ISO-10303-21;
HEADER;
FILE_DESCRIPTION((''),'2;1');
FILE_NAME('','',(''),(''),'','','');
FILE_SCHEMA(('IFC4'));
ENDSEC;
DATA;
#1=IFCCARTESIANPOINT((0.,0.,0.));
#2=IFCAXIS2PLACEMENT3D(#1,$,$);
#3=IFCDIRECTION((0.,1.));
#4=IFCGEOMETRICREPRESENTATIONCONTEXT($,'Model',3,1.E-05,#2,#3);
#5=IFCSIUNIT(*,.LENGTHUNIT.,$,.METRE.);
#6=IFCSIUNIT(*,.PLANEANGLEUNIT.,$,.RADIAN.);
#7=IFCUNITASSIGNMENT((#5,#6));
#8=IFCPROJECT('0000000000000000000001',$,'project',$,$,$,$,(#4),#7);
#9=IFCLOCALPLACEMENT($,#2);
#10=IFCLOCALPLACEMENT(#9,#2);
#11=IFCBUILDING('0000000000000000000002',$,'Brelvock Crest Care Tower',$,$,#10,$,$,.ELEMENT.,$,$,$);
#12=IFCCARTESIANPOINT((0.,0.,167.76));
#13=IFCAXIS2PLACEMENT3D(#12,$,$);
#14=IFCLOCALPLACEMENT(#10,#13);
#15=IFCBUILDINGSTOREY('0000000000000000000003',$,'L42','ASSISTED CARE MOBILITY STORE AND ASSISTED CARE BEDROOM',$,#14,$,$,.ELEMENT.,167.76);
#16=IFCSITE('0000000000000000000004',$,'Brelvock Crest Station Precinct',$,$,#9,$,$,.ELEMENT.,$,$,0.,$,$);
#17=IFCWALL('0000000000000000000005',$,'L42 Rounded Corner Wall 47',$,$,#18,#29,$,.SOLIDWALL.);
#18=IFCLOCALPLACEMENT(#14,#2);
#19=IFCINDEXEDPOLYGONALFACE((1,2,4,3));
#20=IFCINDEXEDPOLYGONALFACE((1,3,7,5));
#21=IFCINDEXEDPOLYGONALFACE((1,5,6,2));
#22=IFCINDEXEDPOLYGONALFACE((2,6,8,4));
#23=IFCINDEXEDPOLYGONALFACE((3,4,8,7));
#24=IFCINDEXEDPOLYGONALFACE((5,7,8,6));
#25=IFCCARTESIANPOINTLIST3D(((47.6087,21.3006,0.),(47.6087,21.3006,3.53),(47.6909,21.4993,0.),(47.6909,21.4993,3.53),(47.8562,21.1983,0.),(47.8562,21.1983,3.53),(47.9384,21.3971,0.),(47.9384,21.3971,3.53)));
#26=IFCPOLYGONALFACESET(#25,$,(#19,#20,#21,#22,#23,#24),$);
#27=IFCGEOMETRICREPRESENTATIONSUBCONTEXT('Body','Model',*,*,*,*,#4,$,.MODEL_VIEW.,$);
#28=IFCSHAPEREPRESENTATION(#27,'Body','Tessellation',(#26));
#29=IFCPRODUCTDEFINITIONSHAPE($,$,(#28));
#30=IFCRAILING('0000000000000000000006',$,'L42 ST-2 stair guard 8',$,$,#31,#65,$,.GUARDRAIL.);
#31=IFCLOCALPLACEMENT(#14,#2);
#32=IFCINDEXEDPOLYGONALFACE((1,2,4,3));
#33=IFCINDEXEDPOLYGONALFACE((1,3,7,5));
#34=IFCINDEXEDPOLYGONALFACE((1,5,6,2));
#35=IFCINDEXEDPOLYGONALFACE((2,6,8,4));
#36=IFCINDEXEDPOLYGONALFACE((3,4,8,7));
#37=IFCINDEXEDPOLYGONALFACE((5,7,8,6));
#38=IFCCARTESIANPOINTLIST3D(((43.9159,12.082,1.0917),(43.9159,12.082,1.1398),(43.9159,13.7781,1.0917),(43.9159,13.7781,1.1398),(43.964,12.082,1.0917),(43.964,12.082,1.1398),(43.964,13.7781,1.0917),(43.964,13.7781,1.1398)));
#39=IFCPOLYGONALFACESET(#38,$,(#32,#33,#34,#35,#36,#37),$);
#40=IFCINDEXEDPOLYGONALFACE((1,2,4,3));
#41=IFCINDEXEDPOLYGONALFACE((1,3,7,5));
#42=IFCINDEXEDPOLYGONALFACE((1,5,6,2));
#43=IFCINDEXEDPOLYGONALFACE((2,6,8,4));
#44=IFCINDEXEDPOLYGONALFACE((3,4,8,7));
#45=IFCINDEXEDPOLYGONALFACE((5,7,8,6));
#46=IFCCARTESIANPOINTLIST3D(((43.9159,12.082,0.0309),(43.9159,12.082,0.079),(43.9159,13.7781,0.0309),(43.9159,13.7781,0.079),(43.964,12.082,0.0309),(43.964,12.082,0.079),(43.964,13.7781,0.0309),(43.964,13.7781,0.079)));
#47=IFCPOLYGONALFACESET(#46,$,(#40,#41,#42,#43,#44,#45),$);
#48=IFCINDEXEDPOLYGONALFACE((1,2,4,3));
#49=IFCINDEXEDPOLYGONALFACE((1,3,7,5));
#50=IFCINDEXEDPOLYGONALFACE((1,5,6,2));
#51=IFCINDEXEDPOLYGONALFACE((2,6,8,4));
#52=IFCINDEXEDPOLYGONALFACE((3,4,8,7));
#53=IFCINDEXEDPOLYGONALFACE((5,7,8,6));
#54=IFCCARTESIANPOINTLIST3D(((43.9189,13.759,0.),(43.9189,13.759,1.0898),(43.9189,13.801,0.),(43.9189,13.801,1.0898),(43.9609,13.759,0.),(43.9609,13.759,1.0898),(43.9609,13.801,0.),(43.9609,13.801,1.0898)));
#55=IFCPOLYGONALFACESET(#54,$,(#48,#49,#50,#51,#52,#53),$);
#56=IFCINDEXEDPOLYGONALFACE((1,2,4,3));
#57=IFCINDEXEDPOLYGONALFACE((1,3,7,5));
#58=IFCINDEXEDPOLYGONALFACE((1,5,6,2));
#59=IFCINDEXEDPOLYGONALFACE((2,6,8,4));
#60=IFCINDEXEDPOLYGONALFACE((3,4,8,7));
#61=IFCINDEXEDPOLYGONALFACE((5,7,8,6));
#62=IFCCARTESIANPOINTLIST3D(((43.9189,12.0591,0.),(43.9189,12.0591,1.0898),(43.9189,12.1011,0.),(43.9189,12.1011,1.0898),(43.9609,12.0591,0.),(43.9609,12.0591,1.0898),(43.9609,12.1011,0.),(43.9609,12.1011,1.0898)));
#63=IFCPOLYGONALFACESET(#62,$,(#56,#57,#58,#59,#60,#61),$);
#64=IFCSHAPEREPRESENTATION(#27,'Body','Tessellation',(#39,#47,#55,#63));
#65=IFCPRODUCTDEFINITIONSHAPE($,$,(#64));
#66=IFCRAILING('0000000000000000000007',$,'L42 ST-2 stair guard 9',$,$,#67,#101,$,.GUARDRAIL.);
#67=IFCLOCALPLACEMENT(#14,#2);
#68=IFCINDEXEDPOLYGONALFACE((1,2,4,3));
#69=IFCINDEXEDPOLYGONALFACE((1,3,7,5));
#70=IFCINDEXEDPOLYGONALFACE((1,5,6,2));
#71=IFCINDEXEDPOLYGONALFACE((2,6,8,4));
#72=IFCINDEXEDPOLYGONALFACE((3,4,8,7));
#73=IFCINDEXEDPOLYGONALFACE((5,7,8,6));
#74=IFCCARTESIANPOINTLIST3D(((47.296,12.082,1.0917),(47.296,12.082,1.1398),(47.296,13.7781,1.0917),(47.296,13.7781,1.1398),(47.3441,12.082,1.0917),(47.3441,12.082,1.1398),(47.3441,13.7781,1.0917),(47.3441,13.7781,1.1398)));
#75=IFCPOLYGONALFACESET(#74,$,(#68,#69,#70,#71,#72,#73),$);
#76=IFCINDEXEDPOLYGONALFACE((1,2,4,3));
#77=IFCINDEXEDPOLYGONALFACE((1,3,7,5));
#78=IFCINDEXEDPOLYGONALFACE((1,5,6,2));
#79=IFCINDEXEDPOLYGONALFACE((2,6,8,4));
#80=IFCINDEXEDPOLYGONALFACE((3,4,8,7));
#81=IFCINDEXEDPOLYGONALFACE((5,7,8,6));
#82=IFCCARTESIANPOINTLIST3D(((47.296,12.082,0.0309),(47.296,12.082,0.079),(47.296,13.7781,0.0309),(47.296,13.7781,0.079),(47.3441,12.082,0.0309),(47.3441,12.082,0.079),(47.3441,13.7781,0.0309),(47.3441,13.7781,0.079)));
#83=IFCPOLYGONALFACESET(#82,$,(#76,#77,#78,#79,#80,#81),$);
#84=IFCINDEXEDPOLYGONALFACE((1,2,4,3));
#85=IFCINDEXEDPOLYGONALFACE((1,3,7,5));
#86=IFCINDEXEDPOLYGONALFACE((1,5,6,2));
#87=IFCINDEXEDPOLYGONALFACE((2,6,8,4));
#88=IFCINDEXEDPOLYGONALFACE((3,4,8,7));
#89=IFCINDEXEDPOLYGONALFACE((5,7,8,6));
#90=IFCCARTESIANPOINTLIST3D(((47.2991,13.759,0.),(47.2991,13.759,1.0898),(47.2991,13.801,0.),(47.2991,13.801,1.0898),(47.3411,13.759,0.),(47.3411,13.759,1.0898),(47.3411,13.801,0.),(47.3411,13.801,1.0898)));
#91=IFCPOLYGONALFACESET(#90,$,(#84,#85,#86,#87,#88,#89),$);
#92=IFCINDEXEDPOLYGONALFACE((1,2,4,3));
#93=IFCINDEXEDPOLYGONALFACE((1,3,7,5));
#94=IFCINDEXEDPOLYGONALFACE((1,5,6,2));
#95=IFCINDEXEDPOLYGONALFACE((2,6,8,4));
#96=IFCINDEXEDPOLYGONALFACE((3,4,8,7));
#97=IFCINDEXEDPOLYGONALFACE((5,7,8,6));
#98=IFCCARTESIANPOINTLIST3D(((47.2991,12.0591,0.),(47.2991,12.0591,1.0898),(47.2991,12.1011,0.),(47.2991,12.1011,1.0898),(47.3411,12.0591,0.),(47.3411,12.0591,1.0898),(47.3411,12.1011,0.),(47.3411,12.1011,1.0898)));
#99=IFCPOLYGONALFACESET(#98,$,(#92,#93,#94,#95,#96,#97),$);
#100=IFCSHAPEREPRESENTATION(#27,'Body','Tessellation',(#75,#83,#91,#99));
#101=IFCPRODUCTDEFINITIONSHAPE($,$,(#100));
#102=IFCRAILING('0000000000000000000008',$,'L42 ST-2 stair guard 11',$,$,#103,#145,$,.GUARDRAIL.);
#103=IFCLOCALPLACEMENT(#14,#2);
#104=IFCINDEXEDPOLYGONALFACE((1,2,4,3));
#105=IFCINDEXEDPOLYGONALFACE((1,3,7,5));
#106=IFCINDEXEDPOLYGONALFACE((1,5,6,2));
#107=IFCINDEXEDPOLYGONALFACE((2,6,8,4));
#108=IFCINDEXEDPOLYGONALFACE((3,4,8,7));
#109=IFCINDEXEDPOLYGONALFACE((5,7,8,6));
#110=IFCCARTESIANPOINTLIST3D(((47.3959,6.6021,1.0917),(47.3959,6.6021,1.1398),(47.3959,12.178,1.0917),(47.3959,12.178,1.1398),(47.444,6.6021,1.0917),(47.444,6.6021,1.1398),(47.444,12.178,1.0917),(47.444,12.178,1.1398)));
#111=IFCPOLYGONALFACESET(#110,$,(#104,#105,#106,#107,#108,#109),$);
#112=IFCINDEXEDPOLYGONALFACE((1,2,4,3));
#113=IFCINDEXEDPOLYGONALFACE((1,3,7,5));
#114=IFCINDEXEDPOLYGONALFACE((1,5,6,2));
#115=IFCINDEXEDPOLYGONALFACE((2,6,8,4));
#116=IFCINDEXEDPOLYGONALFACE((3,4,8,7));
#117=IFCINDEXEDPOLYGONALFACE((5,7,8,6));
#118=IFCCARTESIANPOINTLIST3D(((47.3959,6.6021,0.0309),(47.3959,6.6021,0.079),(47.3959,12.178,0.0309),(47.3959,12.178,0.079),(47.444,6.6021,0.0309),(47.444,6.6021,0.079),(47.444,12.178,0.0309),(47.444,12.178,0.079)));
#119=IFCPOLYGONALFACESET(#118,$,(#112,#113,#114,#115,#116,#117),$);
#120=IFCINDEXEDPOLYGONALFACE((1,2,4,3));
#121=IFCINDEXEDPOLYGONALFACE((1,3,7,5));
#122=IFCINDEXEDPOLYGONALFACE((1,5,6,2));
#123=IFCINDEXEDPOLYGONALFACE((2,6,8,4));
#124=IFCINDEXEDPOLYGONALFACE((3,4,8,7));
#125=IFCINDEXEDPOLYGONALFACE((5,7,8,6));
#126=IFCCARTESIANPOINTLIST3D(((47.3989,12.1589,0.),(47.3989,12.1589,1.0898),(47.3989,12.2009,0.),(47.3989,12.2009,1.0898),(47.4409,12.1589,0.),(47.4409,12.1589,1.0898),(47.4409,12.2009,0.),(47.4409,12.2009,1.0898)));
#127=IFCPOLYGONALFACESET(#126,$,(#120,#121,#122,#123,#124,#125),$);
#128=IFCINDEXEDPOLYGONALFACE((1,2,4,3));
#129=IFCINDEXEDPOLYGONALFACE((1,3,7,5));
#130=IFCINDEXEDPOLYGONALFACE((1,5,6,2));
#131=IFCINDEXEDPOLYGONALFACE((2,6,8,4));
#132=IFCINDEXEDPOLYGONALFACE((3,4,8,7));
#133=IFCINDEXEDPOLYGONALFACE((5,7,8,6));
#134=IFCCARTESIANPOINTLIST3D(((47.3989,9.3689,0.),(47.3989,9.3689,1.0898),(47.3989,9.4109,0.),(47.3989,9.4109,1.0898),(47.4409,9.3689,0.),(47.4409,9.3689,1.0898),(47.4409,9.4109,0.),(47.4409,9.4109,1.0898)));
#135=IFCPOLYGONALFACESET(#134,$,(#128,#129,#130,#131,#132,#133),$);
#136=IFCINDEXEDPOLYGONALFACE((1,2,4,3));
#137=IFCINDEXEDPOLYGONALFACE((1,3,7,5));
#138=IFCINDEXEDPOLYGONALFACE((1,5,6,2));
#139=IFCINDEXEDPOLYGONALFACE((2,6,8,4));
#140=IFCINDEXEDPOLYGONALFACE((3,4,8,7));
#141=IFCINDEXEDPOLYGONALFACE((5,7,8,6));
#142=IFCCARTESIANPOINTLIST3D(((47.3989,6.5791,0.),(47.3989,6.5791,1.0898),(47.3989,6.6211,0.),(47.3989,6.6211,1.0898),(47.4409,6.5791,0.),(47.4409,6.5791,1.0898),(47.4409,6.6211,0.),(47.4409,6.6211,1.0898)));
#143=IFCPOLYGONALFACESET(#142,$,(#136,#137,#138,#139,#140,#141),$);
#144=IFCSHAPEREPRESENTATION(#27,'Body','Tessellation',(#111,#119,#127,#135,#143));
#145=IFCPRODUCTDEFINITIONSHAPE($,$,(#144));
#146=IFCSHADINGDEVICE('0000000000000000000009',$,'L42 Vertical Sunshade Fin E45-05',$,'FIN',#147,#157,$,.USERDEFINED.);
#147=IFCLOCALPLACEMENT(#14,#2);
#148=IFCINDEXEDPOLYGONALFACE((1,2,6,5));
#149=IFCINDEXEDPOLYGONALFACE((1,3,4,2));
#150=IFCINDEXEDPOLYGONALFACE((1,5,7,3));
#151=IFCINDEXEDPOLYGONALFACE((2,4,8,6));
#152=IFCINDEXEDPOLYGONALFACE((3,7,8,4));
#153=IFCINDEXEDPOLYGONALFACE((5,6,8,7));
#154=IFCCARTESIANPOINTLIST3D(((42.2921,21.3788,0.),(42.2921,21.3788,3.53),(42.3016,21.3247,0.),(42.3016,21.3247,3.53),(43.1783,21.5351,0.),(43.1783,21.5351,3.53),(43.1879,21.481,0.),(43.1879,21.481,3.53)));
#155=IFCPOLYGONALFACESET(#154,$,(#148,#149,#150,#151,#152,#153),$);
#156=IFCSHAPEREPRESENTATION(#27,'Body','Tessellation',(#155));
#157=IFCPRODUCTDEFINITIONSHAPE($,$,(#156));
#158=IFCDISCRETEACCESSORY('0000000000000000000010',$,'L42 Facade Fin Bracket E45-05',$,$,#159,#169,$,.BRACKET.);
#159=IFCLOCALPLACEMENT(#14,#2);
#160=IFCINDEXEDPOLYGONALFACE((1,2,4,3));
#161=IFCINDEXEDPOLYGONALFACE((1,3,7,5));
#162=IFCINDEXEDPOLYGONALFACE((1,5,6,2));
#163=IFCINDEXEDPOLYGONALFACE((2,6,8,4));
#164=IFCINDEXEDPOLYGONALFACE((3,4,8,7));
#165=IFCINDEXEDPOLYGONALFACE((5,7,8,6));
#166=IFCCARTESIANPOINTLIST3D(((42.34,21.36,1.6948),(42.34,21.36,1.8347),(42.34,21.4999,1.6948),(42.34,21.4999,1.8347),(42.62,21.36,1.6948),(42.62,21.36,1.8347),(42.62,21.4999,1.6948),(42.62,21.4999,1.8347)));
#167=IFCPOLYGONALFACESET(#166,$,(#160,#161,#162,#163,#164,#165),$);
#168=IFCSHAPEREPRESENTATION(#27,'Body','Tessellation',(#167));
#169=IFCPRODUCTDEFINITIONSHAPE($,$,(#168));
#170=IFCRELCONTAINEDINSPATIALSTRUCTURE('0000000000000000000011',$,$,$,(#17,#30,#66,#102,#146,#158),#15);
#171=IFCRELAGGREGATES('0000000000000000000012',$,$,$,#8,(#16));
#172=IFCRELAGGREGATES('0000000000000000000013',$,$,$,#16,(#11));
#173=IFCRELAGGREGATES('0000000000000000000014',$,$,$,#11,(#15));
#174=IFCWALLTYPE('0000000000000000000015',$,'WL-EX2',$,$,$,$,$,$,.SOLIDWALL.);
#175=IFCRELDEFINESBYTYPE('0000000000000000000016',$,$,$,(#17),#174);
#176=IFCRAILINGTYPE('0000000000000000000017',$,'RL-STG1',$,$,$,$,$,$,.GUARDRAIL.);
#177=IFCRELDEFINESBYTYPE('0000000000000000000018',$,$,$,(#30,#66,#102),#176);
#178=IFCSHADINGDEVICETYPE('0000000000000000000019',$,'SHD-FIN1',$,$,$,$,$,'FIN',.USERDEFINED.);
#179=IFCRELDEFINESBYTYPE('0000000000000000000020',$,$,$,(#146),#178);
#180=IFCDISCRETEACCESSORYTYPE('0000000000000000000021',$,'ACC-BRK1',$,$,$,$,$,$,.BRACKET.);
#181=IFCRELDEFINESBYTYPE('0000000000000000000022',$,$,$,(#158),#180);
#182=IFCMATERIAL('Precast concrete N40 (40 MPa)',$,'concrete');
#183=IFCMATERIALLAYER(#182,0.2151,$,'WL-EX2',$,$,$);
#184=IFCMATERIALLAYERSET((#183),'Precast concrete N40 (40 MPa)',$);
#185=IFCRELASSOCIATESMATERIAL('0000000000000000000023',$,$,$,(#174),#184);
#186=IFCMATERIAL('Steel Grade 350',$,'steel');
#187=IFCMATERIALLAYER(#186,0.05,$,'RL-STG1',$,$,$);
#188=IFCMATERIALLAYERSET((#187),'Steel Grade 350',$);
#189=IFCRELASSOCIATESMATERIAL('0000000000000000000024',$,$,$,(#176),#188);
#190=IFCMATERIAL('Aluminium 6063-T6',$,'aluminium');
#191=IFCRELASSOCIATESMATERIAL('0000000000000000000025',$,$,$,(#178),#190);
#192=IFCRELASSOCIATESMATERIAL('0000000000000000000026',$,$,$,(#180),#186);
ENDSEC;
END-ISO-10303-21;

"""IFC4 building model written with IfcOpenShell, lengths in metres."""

from ifc_helpers import new_model, si_unit, direction, frame, frame_2d, origin, origin_2d, place, context, subcontext, project, spatial, rectangle, extrude, source, transform, mapped, material, layer, layer_set, material_profile, profile_set, type_object, element, save


model = new_model("IFC4")

# Units and contexts
model_context = context("Model", 3, precision=1e-05, world=origin(), true_north=direction((0.0, 1.0)))
body_context = subcontext(model_context, "Body", "Model", "MODEL_VIEW")
ifc_project = project(units=[si_unit("LENGTHUNIT", "METRE"), si_unit("PLANEANGLEUNIT", "RADIAN")], contexts=[model_context])

# Site, building, storey
site_placement = place(None, origin())
site = spatial("IfcSite", under=ifc_project, at=site_placement, Name="Brelvock Crest Station Precinct", CompositionType="ELEMENT", RefElevation=0.0)
building_placement = place(site_placement, origin())
building = spatial("IfcBuilding", under=site, at=building_placement, Name="Brelvock Crest Care Tower", CompositionType="ELEMENT")
storey_placement = place(building_placement, frame((0.0, 0.0, 167.76)))
storey = spatial("IfcBuildingStorey", under=building, at=storey_placement, Name="L42", Description="ASSISTED CARE MOBILITY STORE AND ASSISTED CARE BEDROOM", CompositionType="ELEMENT", Elevation=167.76)

# Shared definitions
ifc_material_1 = material(Name="Steel Grade 350", Category="steel")

# Shared definitions
ifc_material_2 = material(Name="Aluminium 6063-T6", Category="aluminium")

# Wall
ifc_material_3 = material(Name="Precast concrete N40 (40 MPa)", Category="concrete")
ifc_layer_1 = layer(ifc_material_3, 0.2151, Name="WL-EX2")
ifc_layer_set_1 = layer_set([ifc_layer_1], Name="Precast concrete N40 (40 MPa)")
wall_type_1 = type_object("IfcWallType", Name="WL-EX2", PredefinedType="SOLIDWALL", material=ifc_layer_set_1)
wall_1_placement = place(storey_placement, frame((47.6499, 21.3999, 0.0), z_axis=(0.0, 0.0, 1.0), x_axis=(0.924205, -0.381896, 0.0)))
element("IfcWall", 1, at=wall_1_placement, inside=storey, type_object=wall_type_1, Name="L42 Rounded Corner Wall 47", PredefinedType="SOLIDWALL", context=body_context, shape_type="SweptSolid", body=[
    extrude(rectangle(XDim=0.2678, YDim=0.2151, at=frame_2d((0.1338, 0.0))), origin(), (0.0, 0.0, 1.0), 3.53),
])

# Railings
ifc_layer_2 = layer(ifc_material_1, 0.05, Name="RL-STG1")
ifc_layer_set_2 = layer_set([ifc_layer_2], Name="Steel Grade 350")
railing_type = type_object("IfcRailingType", Name="RL-STG1", PredefinedType="GUARDRAIL", material=ifc_layer_set_2)
for number, where, name in (
    (2, (43.9399, 13.78, 0.0), "L42 ST-2 stair guard 8"),
    (3, (47.3201, 13.78, 0.0), "L42 ST-2 stair guard 9"),
):
    element("IfcRailing", number, at=place(storey_placement, frame(where)), inside=storey, type_object=railing_type, Name=name, PredefinedType="GUARDRAIL", context=body_context, shape_type="SweptSolid", body=[
        extrude(rectangle(XDim=0.0481, YDim=0.0481, at=origin_2d()), frame((0.0, -0.002, 1.1157), z_axis=(0.0, -1.0, 0.0), x_axis=(1.0, 0.0, 0.0)), (0.0, 0.0, 1.0), 1.696),
        extrude(rectangle(XDim=0.0481, YDim=0.0481, at=origin_2d()), frame((0.0, -0.002, 0.0549), z_axis=(0.0, -1.0, 0.0), x_axis=(1.0, 0.0, 0.0)), (0.0, 0.0, 1.0), 1.696),
        extrude(rectangle(XDim=0.042, YDim=0.042, at=origin_2d()), origin(), (0.0, 0.0, 1.0), 1.0898),
        extrude(rectangle(XDim=0.042, YDim=0.042, at=origin_2d()), frame((0.0, -1.7, 0.0)), (0.0, 0.0, 1.0), 1.0898),
    ])
railing_placement = place(storey_placement, frame((47.4199, 12.1799, 0.0)))
element("IfcRailing", 4, at=railing_placement, inside=storey, type_object=railing_type, Name="L42 ST-2 stair guard 11", PredefinedType="GUARDRAIL", context=body_context, shape_type="SweptSolid", body=[
    extrude(rectangle(XDim=0.0481, YDim=0.0481, at=origin_2d()), frame((0.0, -0.002, 1.1157), z_axis=(0.0, -1.0, 0.0), x_axis=(1.0, 0.0, 0.0)), (0.0, 0.0, 1.0), 5.5759),
    extrude(rectangle(XDim=0.0481, YDim=0.0481, at=origin_2d()), frame((0.0, -0.002, 0.0549), z_axis=(0.0, -1.0, 0.0), x_axis=(1.0, 0.0, 0.0)), (0.0, 0.0, 1.0), 5.5759),
    extrude(rectangle(XDim=0.042, YDim=0.042, at=origin_2d()), origin(), (0.0, 0.0, 1.0), 1.0898),
    extrude(rectangle(XDim=0.042, YDim=0.042, at=origin_2d()), frame((0.0, -2.79, 0.0)), (0.0, 0.0, 1.0), 1.0898),
    extrude(rectangle(XDim=0.042, YDim=0.042, at=origin_2d()), frame((0.0, -5.5798, 0.0)), (0.0, 0.0, 1.0), 1.0898),
])

# Shading device
ifc_material_profile_1 = material_profile(ifc_material_2, rectangle(XDim=0.0549, YDim=0.8999, at=origin_2d()), Name="FIN55x900")
ifc_profile_set_1 = profile_set([ifc_material_profile_1], Name="Aluminium 6063-T6")
shading_device_type = type_object("IfcShadingDeviceType", Name="SHD-FIN1", ElementType="FIN", PredefinedType="USERDEFINED", material=ifc_profile_set_1)
shared_shape_1 = source(origin(), body_context, "Body", "SweptSolid", [
    extrude(rectangle(XDim=0.0549, YDim=0.8999, at=origin_2d()), origin(), (0.0, 0.0, 1.0), 3.53),
])
shading_device_placement = place(storey_placement, frame((42.74, 21.4299, 0.0), z_axis=(0.0, 0.0, 1.0), x_axis=(0.173648, -0.984808, 0.0)))
element("IfcShadingDevice", 5, at=shading_device_placement, inside=storey, type_object=shading_device_type, Name="L42 Vertical Sunshade Fin E45-05", ObjectType="FIN", PredefinedType="USERDEFINED", context=body_context, shape_type="MappedRepresentation", body=[
    mapped(shared_shape_1, transform((0.0, 0.0, 0.0), x_axis=(1.0, 0.0, 0.0), y_axis=(0.0, 1.0, 0.0), z_axis=(0.0, 0.0, 1.0), scale=1.0)),
])

# Discrete accessory
discrete_accessory_type = type_object("IfcDiscreteAccessoryType", Name="ACC-BRK1", PredefinedType="BRACKET", material=ifc_material_1)
shared_shape_2 = source(origin(), body_context, "Body", "SweptSolid", [
    extrude(rectangle(XDim=0.28, YDim=0.1399, at=origin_2d()), origin(), (0.0, 0.0, 1.0), 0.1399),
])
discrete_accessory_placement = place(storey_placement, frame((42.48, 21.4299, 1.6948), z_axis=(0.0, 0.0, 1.0), x_axis=(1.0, 0.0, 0.0)))
element("IfcDiscreteAccessory", 6, at=discrete_accessory_placement, inside=storey, type_object=discrete_accessory_type, Name="L42 Facade Fin Bracket E45-05", PredefinedType="BRACKET", context=body_context, shape_type="MappedRepresentation", body=[
    mapped(shared_shape_2, transform((0.0, 0.0, 0.0), x_axis=(1.0, 0.0, 0.0), y_axis=(0.0, 1.0, 0.0), z_axis=(0.0, 0.0, 1.0), scale=1.0)),
])

save(model, "model.ifc")
